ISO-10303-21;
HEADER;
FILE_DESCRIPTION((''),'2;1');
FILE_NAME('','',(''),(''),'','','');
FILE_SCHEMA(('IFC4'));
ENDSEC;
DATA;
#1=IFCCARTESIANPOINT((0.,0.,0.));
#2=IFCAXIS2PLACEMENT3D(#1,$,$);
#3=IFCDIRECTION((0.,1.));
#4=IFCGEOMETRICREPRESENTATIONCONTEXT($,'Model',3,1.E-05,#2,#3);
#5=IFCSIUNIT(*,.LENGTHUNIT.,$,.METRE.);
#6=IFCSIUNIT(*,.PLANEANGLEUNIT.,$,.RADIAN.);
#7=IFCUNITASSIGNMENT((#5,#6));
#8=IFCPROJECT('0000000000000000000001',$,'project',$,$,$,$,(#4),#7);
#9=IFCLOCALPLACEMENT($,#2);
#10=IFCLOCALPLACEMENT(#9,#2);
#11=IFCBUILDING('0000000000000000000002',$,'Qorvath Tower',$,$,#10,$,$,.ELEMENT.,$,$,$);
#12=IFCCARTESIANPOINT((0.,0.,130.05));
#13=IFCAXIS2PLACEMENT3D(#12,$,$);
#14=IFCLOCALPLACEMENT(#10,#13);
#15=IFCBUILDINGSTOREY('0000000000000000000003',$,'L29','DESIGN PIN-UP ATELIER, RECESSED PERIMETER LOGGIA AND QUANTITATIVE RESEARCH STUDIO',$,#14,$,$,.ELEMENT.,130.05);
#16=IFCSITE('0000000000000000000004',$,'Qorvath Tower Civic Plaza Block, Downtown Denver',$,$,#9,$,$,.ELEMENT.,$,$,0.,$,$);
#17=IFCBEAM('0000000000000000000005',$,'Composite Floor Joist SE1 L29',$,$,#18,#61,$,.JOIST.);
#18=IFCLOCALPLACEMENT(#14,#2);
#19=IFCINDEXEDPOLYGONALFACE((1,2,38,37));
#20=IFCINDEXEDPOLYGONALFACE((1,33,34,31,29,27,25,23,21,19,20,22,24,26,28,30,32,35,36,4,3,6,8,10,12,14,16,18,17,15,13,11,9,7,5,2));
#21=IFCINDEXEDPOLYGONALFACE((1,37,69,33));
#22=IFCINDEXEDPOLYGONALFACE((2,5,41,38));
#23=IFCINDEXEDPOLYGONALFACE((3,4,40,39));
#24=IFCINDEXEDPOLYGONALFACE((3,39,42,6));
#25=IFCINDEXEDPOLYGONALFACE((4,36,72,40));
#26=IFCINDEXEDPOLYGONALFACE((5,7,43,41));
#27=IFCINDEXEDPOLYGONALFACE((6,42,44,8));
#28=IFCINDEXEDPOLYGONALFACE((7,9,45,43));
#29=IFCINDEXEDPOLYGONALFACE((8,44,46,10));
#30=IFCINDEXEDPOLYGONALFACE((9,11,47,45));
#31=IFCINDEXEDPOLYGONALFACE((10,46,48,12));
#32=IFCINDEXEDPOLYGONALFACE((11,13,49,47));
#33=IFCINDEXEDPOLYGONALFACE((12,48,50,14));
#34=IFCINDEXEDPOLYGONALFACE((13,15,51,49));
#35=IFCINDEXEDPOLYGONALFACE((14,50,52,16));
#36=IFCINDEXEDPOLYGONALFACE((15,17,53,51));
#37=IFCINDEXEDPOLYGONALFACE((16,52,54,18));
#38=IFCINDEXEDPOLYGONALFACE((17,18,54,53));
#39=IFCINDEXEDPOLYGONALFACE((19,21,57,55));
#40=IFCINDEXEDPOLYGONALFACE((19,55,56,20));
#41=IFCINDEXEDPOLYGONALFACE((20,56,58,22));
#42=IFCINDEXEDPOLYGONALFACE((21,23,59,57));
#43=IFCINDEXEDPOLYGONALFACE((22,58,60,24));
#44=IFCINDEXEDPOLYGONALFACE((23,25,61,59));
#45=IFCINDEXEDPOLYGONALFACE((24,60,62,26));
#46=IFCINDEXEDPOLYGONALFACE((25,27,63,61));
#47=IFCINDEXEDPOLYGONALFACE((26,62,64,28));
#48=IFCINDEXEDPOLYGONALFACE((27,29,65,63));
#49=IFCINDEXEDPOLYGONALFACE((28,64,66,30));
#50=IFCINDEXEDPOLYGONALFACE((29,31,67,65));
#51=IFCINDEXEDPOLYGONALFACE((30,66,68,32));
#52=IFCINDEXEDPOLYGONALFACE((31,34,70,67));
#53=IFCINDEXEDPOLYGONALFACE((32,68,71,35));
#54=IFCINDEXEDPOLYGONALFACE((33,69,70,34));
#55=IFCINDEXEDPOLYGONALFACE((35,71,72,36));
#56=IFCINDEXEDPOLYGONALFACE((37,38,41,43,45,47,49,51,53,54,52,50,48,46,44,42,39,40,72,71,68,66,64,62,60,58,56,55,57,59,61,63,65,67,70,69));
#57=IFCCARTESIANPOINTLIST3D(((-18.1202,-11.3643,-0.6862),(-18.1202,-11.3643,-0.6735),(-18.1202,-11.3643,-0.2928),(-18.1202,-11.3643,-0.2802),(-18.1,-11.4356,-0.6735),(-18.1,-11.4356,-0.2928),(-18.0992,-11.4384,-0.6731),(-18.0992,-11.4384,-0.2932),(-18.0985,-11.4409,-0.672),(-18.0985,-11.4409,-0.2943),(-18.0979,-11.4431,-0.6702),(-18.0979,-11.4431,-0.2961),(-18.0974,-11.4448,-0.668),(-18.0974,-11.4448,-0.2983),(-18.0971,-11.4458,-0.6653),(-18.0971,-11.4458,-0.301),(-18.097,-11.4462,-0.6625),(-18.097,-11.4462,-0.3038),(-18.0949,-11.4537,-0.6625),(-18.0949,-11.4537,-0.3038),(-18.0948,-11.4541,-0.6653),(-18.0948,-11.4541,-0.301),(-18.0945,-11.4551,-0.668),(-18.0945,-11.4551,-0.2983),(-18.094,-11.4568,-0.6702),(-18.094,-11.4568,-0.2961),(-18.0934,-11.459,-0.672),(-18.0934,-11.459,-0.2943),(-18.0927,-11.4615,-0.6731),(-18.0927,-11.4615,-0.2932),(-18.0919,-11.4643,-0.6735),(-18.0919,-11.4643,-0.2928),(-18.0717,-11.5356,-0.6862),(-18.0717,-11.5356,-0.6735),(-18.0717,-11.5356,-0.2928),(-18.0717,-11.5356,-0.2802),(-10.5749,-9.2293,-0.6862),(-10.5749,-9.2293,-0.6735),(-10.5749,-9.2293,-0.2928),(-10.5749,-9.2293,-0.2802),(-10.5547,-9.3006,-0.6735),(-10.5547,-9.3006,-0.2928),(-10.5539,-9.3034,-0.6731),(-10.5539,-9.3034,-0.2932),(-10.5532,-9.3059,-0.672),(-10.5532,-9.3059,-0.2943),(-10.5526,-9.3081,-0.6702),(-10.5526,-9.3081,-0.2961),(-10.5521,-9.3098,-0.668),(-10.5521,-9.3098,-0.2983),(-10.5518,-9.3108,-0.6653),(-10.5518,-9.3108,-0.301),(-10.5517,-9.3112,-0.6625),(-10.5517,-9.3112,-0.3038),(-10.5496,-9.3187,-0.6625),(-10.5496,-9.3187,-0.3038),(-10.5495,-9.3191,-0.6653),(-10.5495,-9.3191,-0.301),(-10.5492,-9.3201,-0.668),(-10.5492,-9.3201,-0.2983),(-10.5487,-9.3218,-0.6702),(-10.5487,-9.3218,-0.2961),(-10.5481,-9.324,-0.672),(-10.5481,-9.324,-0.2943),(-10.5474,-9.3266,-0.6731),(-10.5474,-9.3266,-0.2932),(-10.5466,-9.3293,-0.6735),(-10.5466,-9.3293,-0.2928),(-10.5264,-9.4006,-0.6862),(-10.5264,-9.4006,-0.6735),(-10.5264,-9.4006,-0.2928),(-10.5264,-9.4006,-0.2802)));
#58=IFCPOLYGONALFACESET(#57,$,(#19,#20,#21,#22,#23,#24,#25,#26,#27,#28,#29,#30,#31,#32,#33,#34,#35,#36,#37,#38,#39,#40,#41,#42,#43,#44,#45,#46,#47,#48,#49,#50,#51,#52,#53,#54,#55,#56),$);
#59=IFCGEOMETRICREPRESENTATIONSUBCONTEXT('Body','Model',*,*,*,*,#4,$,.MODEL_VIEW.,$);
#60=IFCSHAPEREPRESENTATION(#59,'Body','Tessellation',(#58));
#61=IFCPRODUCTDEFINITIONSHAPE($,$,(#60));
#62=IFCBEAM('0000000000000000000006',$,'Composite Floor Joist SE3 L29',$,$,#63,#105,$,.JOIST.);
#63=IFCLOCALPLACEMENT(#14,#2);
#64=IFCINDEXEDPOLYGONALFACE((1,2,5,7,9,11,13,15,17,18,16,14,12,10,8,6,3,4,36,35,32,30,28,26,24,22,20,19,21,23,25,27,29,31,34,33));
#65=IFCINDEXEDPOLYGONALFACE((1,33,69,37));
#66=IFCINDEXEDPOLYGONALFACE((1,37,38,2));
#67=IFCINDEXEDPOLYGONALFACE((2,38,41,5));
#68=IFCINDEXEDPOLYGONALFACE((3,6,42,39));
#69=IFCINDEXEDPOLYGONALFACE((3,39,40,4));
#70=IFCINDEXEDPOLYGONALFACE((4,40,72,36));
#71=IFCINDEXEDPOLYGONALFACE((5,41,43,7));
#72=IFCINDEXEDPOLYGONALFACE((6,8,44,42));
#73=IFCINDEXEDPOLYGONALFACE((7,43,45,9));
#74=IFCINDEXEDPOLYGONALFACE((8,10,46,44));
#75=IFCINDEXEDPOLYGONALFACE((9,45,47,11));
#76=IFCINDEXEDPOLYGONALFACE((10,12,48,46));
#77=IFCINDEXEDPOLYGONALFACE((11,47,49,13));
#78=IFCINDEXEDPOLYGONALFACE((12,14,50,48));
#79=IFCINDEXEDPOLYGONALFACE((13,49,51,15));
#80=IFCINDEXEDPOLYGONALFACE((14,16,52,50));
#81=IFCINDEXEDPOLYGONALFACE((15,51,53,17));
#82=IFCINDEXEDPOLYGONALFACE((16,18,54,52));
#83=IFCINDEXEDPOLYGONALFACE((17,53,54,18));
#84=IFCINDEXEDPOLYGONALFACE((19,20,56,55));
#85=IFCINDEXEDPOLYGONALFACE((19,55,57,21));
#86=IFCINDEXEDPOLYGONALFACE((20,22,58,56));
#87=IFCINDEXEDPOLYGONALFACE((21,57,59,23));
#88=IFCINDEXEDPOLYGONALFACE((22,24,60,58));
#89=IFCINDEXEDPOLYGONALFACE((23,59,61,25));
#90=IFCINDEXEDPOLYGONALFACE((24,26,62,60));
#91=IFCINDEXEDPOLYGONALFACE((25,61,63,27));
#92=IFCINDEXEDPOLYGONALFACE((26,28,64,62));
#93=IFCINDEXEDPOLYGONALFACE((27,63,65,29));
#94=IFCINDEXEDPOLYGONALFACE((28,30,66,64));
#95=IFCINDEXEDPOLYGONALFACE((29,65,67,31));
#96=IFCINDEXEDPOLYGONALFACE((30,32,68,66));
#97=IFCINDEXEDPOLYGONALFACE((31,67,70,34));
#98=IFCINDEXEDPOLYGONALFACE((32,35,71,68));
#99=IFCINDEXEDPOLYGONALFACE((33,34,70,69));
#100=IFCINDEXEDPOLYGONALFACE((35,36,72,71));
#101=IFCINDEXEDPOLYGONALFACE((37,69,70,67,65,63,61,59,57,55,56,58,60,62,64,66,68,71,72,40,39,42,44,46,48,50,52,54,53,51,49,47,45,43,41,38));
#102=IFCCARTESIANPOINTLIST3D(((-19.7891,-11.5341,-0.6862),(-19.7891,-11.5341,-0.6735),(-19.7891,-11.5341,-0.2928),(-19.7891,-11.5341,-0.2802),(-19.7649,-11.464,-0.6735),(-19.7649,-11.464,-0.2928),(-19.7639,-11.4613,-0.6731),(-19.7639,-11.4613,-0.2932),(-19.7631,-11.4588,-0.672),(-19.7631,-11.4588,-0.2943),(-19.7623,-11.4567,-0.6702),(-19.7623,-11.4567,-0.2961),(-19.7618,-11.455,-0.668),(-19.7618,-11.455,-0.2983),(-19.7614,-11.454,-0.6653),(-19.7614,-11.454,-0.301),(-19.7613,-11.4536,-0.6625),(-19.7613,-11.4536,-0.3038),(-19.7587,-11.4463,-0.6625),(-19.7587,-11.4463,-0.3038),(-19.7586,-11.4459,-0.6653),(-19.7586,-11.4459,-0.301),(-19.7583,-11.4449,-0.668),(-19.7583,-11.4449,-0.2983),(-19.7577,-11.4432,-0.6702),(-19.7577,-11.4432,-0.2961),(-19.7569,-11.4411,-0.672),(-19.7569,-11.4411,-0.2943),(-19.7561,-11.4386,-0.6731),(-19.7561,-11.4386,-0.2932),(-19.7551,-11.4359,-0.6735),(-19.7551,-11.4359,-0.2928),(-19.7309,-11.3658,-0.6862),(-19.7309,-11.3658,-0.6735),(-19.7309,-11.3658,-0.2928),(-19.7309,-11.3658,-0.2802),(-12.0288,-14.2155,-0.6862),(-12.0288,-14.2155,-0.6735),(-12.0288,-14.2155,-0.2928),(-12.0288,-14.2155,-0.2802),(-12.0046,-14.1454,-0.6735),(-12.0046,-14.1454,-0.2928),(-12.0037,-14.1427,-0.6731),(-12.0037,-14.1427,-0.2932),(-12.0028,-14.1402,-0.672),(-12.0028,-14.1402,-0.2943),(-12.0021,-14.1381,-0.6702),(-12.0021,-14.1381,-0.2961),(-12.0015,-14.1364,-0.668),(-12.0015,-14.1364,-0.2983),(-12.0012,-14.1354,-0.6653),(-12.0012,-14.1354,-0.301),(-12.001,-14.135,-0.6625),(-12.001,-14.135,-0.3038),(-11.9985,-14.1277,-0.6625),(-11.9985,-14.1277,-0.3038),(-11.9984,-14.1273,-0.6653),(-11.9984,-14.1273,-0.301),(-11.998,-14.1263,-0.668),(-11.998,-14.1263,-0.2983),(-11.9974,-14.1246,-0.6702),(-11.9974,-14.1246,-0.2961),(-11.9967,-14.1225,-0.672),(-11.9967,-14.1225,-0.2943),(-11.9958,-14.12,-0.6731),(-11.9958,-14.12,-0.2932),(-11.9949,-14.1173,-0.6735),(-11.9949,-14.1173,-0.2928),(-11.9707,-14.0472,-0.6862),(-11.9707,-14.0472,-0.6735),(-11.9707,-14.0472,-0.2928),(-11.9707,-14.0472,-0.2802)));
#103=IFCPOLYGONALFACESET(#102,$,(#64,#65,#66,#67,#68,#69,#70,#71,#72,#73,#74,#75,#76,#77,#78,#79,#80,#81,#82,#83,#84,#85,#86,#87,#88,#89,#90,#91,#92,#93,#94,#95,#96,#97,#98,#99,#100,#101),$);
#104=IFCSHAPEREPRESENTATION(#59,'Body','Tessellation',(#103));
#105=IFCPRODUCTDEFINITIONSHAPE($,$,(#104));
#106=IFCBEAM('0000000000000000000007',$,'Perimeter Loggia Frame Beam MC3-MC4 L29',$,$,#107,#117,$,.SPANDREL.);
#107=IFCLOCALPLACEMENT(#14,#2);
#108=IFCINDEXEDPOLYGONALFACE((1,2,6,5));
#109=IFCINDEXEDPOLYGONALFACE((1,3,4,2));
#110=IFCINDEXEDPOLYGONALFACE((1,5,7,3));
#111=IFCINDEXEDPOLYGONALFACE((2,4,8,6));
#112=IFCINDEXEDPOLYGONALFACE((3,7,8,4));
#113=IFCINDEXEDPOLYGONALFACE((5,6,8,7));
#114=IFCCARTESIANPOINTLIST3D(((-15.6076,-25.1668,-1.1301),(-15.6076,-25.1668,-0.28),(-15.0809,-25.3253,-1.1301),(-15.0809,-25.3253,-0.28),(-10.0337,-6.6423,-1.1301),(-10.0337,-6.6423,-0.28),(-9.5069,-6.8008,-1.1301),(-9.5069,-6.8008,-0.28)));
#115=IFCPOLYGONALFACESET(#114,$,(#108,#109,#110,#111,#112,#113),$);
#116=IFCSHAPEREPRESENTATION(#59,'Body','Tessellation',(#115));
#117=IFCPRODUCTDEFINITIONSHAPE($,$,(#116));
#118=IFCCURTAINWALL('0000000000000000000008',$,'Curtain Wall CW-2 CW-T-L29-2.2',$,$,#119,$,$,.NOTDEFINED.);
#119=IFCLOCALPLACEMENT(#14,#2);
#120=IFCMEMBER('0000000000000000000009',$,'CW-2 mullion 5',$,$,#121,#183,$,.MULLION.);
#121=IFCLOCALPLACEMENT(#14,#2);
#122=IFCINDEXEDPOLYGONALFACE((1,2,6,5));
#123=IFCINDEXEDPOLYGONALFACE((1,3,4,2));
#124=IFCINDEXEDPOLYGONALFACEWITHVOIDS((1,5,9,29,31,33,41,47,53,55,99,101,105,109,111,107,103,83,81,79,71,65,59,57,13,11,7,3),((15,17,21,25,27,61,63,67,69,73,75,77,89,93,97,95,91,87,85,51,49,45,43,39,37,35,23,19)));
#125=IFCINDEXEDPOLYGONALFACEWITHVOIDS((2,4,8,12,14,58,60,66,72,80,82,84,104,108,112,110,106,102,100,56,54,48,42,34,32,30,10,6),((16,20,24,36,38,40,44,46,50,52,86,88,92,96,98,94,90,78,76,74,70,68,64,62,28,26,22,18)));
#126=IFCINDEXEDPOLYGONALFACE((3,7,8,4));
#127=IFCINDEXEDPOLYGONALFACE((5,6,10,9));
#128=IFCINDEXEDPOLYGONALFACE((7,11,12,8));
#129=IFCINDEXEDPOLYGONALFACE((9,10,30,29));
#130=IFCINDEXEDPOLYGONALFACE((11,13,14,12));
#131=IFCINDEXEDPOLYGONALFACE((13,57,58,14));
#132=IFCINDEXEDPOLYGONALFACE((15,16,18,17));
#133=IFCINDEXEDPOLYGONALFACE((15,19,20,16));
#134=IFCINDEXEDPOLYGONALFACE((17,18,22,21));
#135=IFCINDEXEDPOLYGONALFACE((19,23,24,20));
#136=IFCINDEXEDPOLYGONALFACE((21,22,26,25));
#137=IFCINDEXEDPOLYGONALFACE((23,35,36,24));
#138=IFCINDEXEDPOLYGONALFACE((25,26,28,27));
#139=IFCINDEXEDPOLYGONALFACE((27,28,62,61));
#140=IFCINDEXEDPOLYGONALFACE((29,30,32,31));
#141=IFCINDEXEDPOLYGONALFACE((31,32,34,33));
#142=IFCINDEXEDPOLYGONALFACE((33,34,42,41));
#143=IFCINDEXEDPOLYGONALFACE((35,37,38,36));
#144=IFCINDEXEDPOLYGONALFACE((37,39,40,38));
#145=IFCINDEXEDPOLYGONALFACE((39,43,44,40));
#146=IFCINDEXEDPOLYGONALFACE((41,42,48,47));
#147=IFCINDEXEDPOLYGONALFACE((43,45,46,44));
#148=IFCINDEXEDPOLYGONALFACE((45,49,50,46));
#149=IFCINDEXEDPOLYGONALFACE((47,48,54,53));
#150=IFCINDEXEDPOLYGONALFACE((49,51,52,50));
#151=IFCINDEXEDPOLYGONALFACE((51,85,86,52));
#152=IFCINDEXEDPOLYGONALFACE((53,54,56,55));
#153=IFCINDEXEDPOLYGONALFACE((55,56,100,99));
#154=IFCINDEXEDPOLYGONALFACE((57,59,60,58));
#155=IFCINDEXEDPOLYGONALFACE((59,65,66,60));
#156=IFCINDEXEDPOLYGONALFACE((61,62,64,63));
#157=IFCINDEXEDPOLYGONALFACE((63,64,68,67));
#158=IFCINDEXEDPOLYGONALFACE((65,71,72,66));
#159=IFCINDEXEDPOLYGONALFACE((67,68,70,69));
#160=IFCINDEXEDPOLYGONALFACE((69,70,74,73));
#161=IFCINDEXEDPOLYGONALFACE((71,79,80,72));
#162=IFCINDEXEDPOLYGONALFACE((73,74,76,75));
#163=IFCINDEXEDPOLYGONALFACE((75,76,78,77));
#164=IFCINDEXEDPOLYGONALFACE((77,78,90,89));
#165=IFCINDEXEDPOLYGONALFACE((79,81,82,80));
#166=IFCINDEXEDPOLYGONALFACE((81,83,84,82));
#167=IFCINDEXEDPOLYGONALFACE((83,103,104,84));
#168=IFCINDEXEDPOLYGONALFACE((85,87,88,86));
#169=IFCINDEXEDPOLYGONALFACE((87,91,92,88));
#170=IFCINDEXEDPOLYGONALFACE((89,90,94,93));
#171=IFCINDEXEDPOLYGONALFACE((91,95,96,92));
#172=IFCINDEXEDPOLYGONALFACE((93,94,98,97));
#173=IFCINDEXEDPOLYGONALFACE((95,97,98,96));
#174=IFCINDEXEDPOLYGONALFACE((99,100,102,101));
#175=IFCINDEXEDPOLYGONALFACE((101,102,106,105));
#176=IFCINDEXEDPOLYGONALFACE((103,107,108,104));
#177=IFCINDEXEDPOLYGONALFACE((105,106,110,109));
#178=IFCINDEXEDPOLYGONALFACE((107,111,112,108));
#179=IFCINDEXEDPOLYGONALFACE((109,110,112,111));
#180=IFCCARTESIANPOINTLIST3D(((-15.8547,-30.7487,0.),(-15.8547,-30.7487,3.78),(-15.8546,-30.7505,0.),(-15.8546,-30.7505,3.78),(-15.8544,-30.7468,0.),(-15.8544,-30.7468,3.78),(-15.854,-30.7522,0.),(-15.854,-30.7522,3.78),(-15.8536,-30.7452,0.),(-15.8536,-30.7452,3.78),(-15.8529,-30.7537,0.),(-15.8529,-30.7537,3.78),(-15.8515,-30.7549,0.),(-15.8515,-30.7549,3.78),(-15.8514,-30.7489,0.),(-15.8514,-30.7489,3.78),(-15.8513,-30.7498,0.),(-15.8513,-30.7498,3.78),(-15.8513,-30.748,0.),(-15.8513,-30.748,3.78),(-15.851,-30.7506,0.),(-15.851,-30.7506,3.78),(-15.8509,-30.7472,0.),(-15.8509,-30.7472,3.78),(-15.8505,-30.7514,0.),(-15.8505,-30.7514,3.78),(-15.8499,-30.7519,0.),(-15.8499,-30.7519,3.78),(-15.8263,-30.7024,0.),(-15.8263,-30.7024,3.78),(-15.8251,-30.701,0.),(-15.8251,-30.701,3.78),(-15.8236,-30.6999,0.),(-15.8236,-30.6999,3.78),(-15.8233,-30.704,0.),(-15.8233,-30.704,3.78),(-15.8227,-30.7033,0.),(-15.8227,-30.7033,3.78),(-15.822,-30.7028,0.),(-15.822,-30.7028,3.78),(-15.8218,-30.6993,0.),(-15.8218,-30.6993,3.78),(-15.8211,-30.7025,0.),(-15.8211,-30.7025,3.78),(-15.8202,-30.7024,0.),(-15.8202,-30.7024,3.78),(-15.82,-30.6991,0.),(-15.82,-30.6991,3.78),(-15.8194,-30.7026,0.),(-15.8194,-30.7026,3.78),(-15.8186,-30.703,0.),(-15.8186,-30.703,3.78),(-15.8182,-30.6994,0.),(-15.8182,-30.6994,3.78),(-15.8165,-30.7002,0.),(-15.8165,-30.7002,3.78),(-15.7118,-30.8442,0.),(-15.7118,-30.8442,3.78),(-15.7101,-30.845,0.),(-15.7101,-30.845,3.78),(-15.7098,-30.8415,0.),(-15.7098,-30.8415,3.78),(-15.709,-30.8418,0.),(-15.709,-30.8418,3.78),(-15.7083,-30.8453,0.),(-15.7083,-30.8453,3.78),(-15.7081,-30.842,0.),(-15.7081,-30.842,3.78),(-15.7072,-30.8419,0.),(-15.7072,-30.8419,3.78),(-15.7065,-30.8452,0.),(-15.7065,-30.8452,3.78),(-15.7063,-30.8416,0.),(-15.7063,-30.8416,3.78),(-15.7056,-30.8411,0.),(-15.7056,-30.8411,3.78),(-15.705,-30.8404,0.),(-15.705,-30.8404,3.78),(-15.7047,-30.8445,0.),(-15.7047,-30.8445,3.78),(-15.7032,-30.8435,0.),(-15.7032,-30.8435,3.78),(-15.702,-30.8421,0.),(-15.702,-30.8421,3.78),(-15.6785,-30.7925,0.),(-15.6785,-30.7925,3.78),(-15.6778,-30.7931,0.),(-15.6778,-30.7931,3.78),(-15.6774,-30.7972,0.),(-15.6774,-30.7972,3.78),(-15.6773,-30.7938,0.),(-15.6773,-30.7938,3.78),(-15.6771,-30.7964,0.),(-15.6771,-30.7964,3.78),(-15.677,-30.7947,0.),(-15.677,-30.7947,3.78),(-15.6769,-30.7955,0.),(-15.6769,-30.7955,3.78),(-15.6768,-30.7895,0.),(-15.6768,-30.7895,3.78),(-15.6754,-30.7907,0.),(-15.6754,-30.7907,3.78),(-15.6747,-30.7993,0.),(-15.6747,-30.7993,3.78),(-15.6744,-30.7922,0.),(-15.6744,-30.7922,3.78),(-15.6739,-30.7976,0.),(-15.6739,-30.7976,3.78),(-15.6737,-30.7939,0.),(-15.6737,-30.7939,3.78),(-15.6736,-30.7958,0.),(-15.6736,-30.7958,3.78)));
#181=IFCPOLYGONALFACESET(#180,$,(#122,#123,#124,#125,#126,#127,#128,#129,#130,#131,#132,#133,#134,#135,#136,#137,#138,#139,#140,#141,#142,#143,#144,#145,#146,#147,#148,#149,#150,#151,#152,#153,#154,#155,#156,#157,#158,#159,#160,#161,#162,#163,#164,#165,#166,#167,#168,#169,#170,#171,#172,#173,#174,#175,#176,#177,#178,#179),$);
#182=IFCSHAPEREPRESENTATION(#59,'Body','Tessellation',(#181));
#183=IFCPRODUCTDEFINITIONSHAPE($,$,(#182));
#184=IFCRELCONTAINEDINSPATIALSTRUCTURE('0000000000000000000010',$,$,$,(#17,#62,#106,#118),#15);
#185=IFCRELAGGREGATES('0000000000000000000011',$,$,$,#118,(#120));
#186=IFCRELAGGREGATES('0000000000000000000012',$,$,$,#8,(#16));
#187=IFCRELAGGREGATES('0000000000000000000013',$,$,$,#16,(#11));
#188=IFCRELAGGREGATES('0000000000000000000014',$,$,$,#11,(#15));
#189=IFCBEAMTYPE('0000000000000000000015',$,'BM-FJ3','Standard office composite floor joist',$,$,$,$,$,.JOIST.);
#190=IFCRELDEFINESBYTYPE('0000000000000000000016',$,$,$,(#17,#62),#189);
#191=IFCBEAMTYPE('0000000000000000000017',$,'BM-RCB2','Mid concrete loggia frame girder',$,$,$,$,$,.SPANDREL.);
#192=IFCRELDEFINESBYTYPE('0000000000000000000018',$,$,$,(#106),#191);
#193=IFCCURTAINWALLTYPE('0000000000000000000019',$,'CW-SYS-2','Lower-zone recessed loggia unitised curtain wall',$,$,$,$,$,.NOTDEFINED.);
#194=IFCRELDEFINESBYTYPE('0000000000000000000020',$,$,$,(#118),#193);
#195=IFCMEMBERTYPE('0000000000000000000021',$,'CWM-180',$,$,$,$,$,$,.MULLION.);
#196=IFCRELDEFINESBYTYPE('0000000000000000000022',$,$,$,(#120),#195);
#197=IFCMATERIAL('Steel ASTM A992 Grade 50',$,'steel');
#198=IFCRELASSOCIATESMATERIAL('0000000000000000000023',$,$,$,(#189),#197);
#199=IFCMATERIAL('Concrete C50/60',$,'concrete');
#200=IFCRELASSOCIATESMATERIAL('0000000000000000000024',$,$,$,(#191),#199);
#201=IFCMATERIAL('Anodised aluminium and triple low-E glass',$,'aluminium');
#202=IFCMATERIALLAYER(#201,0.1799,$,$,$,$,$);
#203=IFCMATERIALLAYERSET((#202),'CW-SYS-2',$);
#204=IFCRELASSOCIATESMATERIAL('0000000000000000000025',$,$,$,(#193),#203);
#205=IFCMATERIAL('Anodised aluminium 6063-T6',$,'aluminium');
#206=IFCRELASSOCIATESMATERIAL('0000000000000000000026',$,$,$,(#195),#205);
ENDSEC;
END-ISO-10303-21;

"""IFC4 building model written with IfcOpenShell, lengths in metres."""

from ifc_helpers import new_model, si_unit, direction, frame, origin, origin_2d, place, context, subcontext, project, spatial, rectangle, hollow_rectangle, i_section, extrude, material, layer, layer_set, material_profile, profile_set, type_object, element, aggregate, save


model = new_model("IFC4")

# Units and contexts
model_context = context("Model", 3, precision=1e-05, world=origin(), true_north=direction((0.0, 1.0)))
body_context = subcontext(model_context, "Body", "Model", "MODEL_VIEW")
ifc_project = project(units=[si_unit("LENGTHUNIT", "METRE"), si_unit("PLANEANGLEUNIT", "RADIAN")], contexts=[model_context])

# Site, building, storey
site_placement = place(None, origin())
site = spatial("IfcSite", under=ifc_project, at=site_placement, Name="Qorvath Tower Civic Plaza Block, Downtown Denver", CompositionType="ELEMENT", RefElevation=0.0)
building_placement = place(site_placement, origin())
building = spatial("IfcBuilding", under=site, at=building_placement, Name="Qorvath Tower", CompositionType="ELEMENT")
storey_placement = place(building_placement, frame((0.0, 0.0, 130.05)))
storey = spatial("IfcBuildingStorey", under=building, at=storey_placement, Name="L29", Description="DESIGN PIN-UP ATELIER, RECESSED PERIMETER LOGGIA AND QUANTITATIVE RESEARCH STUDIO", CompositionType="ELEMENT", Elevation=130.05)

# Beams
ifc_material_1 = material(Name="Steel ASTM A992 Grade 50", Category="steel")
ifc_material_profile_1 = material_profile(ifc_material_1, i_section(OverallWidth=0.178, OverallDepth=0.406, WebThickness=0.0078, FlangeThickness=0.0127, FilletRadius=0.011, at=origin_2d()), Name="W16x40")
ifc_profile_set_1 = profile_set([ifc_material_profile_1], Name="Steel ASTM A992 Grade 50")
beam_type_1 = type_object("IfcBeamType", Name="BM-FJ3", Description="Standard office composite floor joist", PredefinedType="JOIST", material=ifc_profile_set_1)
beam_1_placement = place(storey_placement, frame((-18.0959, -11.45, -0.4832), z_axis=(0.962222, 0.272265, 0.0), x_axis=(-0.272265, 0.962222, 0.0)))
element("IfcBeam", 1, at=beam_1_placement, inside=storey, type_object=beam_type_1, Name="Composite Floor Joist SE1 L29", PredefinedType="JOIST", context=body_context, shape_type="SweptSolid", body=[
    extrude(i_section(OverallWidth=0.178, OverallDepth=0.406, WebThickness=0.0078, FlangeThickness=0.0127, FilletRadius=0.011, at=origin_2d()), origin(), (0.0, 0.0, 1.0), 7.8416),
])
beam_2_placement = place(storey_placement, frame((-19.76, -11.45, -0.4832), z_axis=(0.945168, -0.326584, 0.0), x_axis=(0.326584, 0.945168, 0.0)))
element("IfcBeam", 2, at=beam_2_placement, inside=storey, type_object=beam_type_1, Name="Composite Floor Joist SE3 L29", PredefinedType="JOIST", context=body_context, shape_type="SweptSolid", body=[
    extrude(i_section(OverallWidth=0.178, OverallDepth=0.406, WebThickness=0.0078, FlangeThickness=0.0127, FilletRadius=0.011, at=origin_2d()), origin(), (0.0, 0.0, 1.0), 8.2104),
])
ifc_material_2 = material(Name="Concrete C50/60", Category="concrete")
ifc_material_profile_2 = material_profile(ifc_material_2, rectangle(XDim=0.55, YDim=0.8501, at=origin_2d()), Name="RCB 850x550")
ifc_profile_set_2 = profile_set([ifc_material_profile_2], Name="Concrete C50/60")
beam_type_2 = type_object("IfcBeamType", Name="BM-RCB2", Description="Mid concrete loggia frame girder", PredefinedType="SPANDREL", material=ifc_profile_set_2)
beam_3_placement = place(storey_placement, frame((-15.3442, -25.2461, -0.7051), z_axis=(0.288134, 0.95759, 0.0), x_axis=(-0.95759, 0.288134, 0.0)))
element("IfcBeam", 3, at=beam_3_placement, inside=storey, type_object=beam_type_2, Name="Perimeter Loggia Frame Beam MC3-MC4 L29", PredefinedType="SPANDREL", context=body_context, shape_type="SweptSolid", body=[
    extrude(rectangle(XDim=0.55, YDim=0.8501, at=origin_2d()), origin(), (0.0, 0.0, 1.0), 19.345),
])

# Curtain wall, member
ifc_material_3 = material(Name="Anodised aluminium and triple low-E glass", Category="aluminium")
ifc_layer_1 = layer(ifc_material_3, 0.1799)
ifc_layer_set_1 = layer_set([ifc_layer_1], Name="CW-SYS-2")
curtain_wall_type = type_object("IfcCurtainWallType", Name="CW-SYS-2", Description="Lower-zone recessed loggia unitised curtain wall", PredefinedType="NOTDEFINED", material=ifc_layer_set_1)
curtain_wall_1_placement = place(storey_placement, origin())
curtain_wall_1 = element("IfcCurtainWall", 4, at=curtain_wall_1_placement, inside=storey, type_object=curtain_wall_type, Name="Curtain Wall CW-2 CW-T-L29-2.2", PredefinedType="NOTDEFINED")
ifc_material_4 = material(Name="Anodised aluminium 6063-T6", Category="aluminium")
ifc_material_profile_3 = material_profile(ifc_material_4, hollow_rectangle(XDim=0.0649, YDim=0.1799, WallThickness=0.0034, InnerFilletRadius=0.0034, OuterFilletRadius=0.0071, at=origin_2d()), Name="CWM 180x65")
ifc_profile_set_3 = profile_set([ifc_material_profile_3], Name="Anodised aluminium 6063-T6")
member_type_1 = type_object("IfcMemberType", Name="CWM-180", PredefinedType="MULLION", material=ifc_profile_set_3)
member_1_placement = place(storey_placement, frame((-15.7642, -30.7722, 0.0), z_axis=(0.0, 0.0, 1.0), x_axis=(0.538536, 0.842602, 0.0)))
member_1 = element("IfcMember", 5, at=member_1_placement, type_object=member_type_1, Name="CW-2 mullion 5", PredefinedType="MULLION", context=body_context, shape_type="SweptSolid", body=[
    extrude(hollow_rectangle(XDim=0.0649, YDim=0.1799, WallThickness=0.0034, InnerFilletRadius=0.0034, OuterFilletRadius=0.0071, at=origin_2d()), origin(), (0.0, 0.0, 1.0), 3.78),
])

aggregate(curtain_wall_1, [member_1])

save(model, "model.ifc")
